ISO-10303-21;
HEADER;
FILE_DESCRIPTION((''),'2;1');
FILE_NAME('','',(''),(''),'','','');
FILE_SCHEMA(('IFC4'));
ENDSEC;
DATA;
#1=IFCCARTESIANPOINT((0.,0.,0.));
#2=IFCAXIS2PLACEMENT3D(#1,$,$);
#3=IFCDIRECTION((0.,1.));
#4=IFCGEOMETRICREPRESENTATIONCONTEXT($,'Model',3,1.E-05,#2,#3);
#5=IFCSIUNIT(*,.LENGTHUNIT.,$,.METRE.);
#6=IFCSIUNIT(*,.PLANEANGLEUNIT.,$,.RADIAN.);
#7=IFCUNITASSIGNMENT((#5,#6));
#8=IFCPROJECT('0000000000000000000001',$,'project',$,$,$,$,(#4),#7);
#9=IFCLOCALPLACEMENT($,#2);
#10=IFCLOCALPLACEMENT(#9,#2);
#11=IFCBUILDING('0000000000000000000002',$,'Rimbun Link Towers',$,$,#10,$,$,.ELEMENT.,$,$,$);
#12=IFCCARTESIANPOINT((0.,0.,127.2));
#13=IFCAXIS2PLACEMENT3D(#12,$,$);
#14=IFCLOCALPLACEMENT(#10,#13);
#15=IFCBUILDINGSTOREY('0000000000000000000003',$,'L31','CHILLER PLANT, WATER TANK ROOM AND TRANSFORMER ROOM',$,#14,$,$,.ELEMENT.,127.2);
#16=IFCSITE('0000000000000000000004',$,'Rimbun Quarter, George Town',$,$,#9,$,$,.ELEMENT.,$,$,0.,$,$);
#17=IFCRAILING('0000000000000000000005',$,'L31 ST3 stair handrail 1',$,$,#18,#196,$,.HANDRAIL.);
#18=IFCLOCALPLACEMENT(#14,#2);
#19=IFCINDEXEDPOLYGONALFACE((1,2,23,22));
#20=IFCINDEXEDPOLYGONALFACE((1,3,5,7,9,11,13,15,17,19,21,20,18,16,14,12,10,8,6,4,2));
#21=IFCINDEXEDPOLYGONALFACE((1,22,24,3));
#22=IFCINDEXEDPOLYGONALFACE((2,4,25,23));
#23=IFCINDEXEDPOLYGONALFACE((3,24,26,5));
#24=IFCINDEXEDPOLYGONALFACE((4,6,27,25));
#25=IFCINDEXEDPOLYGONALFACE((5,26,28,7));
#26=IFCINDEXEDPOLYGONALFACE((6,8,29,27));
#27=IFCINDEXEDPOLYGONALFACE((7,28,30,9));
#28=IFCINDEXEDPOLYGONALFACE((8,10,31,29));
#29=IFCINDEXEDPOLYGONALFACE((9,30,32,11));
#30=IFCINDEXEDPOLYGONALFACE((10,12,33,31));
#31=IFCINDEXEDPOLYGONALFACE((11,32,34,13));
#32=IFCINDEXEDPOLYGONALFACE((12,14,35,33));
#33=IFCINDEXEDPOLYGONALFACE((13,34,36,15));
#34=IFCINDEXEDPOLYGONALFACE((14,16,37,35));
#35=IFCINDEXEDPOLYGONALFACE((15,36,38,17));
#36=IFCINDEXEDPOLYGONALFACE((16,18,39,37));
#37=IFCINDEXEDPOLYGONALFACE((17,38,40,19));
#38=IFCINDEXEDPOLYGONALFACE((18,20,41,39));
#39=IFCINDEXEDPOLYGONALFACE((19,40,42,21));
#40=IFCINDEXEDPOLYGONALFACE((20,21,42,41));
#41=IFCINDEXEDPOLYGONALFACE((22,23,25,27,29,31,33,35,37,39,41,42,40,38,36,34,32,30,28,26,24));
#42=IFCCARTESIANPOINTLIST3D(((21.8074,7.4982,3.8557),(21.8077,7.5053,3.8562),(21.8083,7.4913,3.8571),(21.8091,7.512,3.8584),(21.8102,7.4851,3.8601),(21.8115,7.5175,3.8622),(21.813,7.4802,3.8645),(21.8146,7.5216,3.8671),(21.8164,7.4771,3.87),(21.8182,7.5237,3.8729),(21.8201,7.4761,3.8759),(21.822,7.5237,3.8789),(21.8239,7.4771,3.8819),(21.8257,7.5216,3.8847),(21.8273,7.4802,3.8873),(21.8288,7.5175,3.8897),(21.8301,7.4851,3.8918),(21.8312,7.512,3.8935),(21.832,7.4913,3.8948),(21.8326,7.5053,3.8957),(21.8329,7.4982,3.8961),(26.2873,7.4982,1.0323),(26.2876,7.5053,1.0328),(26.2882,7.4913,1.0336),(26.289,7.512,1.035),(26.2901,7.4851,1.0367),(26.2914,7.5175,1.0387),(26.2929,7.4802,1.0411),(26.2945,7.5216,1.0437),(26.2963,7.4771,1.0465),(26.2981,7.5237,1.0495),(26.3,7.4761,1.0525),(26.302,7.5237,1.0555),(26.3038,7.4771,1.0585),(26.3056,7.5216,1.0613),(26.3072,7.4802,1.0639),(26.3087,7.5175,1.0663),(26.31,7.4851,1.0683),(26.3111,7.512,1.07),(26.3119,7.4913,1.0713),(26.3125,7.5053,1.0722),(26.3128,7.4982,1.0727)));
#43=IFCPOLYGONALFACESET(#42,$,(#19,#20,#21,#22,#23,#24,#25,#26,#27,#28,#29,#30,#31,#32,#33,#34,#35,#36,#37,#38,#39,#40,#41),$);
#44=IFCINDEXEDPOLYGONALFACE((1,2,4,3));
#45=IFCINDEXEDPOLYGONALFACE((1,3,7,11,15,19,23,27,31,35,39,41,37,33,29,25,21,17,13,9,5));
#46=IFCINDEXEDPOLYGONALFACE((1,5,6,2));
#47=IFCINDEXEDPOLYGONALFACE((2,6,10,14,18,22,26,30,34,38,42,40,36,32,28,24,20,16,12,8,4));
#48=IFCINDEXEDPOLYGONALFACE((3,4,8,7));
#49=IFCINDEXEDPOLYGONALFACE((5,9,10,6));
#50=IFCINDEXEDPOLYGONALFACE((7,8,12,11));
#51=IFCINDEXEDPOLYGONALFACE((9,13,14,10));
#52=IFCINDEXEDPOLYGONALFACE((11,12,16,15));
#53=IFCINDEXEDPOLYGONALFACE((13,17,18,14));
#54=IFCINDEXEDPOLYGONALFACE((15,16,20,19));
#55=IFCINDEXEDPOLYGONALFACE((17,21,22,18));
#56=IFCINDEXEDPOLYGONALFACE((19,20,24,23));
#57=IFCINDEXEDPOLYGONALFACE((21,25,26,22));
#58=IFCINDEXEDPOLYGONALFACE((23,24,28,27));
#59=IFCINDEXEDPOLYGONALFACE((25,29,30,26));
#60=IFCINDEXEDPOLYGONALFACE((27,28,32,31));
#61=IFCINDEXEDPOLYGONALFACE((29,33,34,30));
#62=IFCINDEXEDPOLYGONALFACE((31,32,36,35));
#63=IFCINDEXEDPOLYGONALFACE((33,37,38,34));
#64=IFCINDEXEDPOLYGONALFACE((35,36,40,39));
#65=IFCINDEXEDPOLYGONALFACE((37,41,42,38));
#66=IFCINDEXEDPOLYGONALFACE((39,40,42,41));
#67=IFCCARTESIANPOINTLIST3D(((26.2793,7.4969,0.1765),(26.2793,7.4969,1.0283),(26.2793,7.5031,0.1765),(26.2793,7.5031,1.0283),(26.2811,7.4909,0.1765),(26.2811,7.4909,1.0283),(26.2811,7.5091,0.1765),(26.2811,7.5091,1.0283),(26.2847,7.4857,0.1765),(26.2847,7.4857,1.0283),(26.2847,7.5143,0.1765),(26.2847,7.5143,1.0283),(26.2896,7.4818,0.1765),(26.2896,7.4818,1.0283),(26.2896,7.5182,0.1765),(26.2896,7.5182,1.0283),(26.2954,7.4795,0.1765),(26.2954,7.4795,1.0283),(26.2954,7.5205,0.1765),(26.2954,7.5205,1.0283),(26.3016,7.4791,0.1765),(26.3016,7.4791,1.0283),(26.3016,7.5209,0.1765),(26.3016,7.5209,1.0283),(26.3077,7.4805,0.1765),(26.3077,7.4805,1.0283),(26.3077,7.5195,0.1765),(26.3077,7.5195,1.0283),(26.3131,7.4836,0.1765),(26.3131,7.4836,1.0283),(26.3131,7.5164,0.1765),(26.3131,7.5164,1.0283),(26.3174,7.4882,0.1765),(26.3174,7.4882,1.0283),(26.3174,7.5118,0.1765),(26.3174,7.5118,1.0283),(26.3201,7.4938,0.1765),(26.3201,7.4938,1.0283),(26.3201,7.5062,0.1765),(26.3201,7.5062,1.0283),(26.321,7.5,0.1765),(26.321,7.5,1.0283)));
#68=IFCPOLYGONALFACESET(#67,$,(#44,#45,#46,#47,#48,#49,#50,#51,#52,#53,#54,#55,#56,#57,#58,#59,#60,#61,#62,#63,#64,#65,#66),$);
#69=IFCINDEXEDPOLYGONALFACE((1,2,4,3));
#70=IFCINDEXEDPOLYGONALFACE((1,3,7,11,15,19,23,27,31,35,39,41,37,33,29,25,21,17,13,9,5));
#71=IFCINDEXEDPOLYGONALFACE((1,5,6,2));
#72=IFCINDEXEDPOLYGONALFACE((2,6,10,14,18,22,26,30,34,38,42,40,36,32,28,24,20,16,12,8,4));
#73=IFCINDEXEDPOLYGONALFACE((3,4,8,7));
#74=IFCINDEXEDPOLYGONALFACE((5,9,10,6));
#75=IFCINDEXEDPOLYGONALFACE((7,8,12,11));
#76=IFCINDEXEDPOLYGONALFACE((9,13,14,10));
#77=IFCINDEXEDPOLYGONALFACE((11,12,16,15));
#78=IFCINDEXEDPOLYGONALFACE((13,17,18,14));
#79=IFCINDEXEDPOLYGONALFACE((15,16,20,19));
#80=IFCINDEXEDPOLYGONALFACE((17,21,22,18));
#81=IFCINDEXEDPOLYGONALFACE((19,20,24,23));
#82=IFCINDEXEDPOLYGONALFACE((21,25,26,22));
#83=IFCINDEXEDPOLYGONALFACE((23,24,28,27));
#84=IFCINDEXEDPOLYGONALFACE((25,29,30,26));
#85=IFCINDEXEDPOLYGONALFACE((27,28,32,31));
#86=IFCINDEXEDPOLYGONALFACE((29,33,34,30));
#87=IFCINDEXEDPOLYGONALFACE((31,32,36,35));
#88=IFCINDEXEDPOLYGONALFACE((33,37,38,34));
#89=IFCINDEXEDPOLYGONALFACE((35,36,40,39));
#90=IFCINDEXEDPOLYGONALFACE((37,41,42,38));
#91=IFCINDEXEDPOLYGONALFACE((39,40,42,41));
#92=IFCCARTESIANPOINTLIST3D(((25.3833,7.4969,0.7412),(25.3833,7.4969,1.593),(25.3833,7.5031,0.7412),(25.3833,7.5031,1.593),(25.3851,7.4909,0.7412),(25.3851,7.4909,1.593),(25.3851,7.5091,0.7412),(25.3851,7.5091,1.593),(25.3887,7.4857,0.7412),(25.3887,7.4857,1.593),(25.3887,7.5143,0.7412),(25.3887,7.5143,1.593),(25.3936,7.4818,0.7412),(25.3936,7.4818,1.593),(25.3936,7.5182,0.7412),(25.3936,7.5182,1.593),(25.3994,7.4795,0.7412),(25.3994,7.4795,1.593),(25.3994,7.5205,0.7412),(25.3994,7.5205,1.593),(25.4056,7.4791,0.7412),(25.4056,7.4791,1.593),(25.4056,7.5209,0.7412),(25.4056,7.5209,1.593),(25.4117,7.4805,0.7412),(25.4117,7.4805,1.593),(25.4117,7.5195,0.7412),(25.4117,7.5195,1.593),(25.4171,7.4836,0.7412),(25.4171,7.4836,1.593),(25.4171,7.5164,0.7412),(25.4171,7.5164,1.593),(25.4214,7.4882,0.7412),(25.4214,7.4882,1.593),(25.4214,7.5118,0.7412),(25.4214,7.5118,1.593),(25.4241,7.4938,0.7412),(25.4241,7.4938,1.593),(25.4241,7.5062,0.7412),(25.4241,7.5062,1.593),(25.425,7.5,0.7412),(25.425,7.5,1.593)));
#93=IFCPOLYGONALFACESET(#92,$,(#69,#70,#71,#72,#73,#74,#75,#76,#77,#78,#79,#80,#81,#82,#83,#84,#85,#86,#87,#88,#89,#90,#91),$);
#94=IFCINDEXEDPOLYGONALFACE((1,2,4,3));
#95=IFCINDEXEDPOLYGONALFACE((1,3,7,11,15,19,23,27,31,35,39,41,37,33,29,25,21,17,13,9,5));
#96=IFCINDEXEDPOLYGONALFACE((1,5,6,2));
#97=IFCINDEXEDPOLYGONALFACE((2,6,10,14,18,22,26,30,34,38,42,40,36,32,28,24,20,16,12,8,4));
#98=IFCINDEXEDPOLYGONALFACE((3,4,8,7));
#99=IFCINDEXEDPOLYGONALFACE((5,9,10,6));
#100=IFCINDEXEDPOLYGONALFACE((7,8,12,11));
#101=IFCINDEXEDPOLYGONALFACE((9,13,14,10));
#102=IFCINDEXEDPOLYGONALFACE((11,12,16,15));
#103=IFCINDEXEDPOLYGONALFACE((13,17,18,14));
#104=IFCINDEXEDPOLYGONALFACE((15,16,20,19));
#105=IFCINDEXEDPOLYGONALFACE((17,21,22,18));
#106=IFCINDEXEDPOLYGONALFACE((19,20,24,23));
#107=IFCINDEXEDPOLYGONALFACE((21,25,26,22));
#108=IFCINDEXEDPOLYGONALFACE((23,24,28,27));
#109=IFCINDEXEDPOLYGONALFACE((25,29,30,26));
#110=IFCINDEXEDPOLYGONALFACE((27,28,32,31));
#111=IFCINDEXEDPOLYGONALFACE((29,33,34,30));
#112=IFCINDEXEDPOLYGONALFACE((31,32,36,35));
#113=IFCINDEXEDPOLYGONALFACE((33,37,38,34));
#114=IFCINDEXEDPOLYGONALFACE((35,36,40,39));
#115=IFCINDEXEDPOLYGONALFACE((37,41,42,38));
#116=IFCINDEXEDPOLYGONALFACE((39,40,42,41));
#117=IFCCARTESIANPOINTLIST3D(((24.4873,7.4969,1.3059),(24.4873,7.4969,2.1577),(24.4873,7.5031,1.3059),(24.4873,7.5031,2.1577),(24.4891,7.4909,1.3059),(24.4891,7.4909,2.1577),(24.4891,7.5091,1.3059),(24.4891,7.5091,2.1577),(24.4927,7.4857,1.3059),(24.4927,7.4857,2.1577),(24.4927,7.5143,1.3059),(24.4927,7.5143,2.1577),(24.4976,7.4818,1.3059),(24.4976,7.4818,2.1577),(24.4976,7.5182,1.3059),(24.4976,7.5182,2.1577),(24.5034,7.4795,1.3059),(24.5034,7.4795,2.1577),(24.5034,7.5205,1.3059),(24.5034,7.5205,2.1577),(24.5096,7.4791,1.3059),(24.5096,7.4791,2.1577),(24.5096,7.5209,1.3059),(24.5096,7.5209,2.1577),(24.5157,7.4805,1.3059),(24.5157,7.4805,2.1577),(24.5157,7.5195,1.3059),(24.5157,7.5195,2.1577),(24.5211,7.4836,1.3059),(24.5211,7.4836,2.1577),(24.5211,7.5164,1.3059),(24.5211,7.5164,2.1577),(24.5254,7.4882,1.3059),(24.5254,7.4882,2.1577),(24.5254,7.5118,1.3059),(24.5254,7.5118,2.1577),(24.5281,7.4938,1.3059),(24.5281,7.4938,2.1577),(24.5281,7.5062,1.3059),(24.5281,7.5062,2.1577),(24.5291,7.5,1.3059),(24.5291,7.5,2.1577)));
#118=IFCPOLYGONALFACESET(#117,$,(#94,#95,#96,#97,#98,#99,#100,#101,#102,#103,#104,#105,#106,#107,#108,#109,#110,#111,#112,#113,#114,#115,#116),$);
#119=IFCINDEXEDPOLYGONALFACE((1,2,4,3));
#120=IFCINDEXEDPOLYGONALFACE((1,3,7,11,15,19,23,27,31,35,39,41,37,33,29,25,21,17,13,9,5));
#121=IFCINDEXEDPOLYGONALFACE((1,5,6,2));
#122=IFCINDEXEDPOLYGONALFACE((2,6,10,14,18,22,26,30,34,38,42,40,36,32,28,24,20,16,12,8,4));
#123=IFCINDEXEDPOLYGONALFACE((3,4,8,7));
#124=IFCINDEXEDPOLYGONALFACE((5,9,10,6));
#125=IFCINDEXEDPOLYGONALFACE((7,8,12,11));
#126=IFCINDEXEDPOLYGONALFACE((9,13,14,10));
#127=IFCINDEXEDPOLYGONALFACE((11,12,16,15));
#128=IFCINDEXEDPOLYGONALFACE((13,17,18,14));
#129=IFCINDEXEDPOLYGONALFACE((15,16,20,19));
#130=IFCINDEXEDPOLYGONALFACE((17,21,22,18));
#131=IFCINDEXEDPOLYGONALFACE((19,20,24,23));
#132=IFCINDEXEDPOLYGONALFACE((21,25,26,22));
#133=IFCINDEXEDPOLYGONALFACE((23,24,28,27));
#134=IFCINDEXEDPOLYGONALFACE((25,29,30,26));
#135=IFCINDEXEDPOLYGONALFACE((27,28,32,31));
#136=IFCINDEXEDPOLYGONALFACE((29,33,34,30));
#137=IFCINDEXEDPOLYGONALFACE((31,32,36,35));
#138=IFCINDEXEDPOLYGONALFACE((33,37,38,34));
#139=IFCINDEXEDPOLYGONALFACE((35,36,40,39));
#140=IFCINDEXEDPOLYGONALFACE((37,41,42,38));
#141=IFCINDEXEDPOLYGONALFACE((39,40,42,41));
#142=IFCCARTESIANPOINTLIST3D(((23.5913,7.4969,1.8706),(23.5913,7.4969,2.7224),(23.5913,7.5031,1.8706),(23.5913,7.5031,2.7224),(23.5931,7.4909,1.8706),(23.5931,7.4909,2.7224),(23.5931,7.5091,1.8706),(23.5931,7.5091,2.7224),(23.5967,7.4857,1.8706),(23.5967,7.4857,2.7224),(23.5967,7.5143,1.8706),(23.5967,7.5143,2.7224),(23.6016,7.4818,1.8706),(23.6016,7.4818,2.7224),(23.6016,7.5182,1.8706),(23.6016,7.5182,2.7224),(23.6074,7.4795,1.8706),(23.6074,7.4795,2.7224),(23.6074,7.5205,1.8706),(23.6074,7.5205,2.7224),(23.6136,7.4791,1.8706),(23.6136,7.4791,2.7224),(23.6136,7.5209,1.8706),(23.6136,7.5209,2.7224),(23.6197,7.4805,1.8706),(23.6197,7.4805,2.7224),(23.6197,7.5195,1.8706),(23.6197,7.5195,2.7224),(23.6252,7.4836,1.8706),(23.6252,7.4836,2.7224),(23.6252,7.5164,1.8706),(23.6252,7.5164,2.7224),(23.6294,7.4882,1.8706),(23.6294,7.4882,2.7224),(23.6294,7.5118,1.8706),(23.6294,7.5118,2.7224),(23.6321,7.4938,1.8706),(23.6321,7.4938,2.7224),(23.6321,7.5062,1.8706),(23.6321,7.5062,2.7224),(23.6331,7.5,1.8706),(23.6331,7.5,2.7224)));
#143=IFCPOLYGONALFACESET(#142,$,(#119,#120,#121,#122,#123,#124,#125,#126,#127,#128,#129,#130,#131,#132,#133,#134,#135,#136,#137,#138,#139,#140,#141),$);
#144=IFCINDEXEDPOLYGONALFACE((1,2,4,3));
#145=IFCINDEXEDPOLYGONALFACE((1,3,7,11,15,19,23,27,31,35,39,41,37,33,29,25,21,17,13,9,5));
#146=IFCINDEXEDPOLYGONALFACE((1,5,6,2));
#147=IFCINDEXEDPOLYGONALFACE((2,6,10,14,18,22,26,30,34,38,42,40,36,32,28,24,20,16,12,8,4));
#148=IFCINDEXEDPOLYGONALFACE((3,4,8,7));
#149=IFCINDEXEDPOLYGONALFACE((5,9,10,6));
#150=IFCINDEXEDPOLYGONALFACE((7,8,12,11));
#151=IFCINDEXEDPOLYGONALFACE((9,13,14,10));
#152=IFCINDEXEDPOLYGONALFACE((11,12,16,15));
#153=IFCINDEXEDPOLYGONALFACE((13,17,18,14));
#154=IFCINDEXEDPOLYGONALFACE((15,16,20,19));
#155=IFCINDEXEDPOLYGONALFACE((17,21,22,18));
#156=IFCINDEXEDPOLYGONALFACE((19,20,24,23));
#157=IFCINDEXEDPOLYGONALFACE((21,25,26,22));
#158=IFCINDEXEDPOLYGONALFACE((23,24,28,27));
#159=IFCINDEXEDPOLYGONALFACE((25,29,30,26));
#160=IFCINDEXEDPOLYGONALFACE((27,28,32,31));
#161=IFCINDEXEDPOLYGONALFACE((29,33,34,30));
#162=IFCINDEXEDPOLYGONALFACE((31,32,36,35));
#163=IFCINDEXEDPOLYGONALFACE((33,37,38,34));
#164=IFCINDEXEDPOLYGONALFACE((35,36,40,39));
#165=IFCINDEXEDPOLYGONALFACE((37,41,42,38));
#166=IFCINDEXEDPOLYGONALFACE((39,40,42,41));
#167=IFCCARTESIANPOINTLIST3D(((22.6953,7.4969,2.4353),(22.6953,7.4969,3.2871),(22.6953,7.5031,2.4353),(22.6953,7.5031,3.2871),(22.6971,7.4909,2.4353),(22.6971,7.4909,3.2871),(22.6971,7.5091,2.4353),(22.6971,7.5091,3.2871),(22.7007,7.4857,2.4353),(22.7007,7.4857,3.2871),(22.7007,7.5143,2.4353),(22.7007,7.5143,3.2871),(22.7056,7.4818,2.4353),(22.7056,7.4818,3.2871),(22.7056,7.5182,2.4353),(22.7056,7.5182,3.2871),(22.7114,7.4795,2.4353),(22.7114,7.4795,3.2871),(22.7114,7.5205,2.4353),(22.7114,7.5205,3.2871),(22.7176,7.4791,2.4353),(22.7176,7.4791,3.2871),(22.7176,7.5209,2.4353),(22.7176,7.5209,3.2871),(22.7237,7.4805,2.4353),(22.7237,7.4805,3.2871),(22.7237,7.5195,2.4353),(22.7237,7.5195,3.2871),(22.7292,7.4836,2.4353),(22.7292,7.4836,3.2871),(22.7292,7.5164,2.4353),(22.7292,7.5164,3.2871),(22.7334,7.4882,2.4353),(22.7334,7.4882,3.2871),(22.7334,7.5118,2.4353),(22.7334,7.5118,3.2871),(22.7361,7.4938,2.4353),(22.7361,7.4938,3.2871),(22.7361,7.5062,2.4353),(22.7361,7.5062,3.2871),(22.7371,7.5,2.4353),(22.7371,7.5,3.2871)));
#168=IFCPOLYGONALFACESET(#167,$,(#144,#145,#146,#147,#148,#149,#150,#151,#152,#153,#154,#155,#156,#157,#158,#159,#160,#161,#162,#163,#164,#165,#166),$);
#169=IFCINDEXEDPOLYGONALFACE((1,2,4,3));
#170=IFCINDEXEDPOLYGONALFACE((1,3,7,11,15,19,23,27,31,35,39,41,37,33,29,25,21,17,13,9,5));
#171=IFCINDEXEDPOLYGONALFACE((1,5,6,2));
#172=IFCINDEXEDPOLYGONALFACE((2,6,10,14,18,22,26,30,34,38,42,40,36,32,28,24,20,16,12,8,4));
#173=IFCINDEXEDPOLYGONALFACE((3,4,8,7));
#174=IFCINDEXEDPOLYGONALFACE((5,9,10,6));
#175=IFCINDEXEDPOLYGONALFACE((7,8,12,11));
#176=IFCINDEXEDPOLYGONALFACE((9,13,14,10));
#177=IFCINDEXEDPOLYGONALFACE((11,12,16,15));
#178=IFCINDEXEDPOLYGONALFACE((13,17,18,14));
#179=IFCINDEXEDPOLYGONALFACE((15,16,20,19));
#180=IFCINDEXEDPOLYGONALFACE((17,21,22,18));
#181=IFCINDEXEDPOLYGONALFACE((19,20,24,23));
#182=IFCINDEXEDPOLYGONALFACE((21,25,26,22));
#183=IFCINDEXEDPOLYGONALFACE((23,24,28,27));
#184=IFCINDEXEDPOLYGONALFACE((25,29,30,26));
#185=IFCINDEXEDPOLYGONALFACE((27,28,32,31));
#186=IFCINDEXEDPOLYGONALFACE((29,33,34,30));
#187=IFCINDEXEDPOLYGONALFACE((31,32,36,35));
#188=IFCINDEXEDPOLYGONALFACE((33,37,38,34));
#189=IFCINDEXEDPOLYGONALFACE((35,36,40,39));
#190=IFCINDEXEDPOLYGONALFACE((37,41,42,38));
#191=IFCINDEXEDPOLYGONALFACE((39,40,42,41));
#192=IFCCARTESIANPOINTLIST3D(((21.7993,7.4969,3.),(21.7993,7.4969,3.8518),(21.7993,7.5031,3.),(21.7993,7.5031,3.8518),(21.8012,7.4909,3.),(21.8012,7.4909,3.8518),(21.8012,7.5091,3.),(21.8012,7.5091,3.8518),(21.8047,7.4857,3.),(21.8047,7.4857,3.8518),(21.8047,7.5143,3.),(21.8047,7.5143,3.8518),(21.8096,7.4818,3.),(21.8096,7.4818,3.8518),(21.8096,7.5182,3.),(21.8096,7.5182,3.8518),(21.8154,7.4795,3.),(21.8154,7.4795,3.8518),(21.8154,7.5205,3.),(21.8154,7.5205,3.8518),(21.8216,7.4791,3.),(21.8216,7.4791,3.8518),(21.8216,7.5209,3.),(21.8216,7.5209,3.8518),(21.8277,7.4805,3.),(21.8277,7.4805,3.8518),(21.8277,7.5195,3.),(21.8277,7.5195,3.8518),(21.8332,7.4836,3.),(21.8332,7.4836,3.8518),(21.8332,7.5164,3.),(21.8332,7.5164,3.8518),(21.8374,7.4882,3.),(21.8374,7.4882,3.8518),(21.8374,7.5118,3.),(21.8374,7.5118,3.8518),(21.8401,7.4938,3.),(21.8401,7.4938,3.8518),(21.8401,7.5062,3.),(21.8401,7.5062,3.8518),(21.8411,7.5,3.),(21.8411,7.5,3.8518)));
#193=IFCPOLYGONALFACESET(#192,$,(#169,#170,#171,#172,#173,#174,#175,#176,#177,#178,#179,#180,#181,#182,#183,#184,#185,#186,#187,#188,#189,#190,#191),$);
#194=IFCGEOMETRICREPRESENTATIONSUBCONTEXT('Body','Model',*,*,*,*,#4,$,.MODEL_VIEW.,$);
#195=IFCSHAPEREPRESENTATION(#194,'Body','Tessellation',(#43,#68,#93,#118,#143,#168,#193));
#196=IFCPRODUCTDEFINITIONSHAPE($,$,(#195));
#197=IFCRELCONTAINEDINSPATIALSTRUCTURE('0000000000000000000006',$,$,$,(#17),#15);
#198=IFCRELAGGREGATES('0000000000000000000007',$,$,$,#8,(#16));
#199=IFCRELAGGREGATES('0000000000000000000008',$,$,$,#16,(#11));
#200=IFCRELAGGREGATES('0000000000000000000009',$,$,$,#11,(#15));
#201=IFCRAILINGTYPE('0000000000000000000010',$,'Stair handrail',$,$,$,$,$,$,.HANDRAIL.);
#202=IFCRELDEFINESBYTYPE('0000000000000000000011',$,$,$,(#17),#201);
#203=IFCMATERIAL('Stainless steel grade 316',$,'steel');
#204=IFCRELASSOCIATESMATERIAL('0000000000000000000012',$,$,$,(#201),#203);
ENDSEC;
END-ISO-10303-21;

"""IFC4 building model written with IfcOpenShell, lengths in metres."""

from ifc_helpers import new_model, si_unit, direction, frame, origin, origin_2d, place, context, subcontext, project, spatial, circle, extrude, material, type_object, element, save


model = new_model("IFC4")

# Units and contexts
model_context = context("Model", 3, precision=1e-05, world=origin(), true_north=direction((0.0, 1.0)))
body_context = subcontext(model_context, "Body", "Model", "MODEL_VIEW")
ifc_project = project(units=[si_unit("LENGTHUNIT", "METRE"), si_unit("PLANEANGLEUNIT", "RADIAN")], contexts=[model_context])

# Site, building, storey
site_placement = place(None, origin())
site = spatial("IfcSite", under=ifc_project, at=site_placement, Name="Rimbun Quarter, George Town", CompositionType="ELEMENT", RefElevation=0.0)
building_placement = place(site_placement, origin())
building = spatial("IfcBuilding", under=site, at=building_placement, Name="Rimbun Link Towers", CompositionType="ELEMENT")
storey_placement = place(building_placement, frame((0.0, 0.0, 127.2)))
storey = spatial("IfcBuildingStorey", under=building, at=storey_placement, Name="L31", Description="CHILLER PLANT, WATER TANK ROOM AND TRANSFORMER ROOM", CompositionType="ELEMENT", Elevation=127.2)

# Railing
ifc_material_1 = material(Name="Stainless steel grade 316", Category="steel")
railing_type_1 = type_object("IfcRailingType", Name="Stair handrail", PredefinedType="HANDRAIL", material=ifc_material_1)
railing_1_placement = place(storey_placement, frame((26.3, 7.5, 0.1765)))
element("IfcRailing", 1, at=railing_1_placement, inside=storey, type_object=railing_type_1, Name="L31 ST3 stair handrail 1", PredefinedType="HANDRAIL", context=body_context, shape_type="SweptSolid", body=[
    extrude(circle(Radius=0.0239, at=origin_2d()), frame((0.0, 0.0, 0.876), z_axis=(-0.845998, 0.0, 0.533186), x_axis=(0.0, -1.0, 0.0)), (0.0, 0.0, 1.0), 5.2954),
    extrude(circle(Radius=0.021, at=origin_2d()), origin(), (0.0, 0.0, 1.0), 0.8518),
    extrude(circle(Radius=0.021, at=origin_2d()), frame((-0.896, 0.0, 0.5647)), (0.0, 0.0, 1.0), 0.8518),
    extrude(circle(Radius=0.021, at=origin_2d()), frame((-1.792, 0.0, 1.1294)), (0.0, 0.0, 1.0), 0.8518),
    extrude(circle(Radius=0.021, at=origin_2d()), frame((-2.688, 0.0, 1.6941)), (0.0, 0.0, 1.0), 0.8518),
    extrude(circle(Radius=0.021, at=origin_2d()), frame((-3.584, 0.0, 2.2588)), (0.0, 0.0, 1.0), 0.8518),
    extrude(circle(Radius=0.021, at=origin_2d()), frame((-4.48, 0.0, 2.8235)), (0.0, 0.0, 1.0), 0.8518),
])

save(model, "model.ifc")
